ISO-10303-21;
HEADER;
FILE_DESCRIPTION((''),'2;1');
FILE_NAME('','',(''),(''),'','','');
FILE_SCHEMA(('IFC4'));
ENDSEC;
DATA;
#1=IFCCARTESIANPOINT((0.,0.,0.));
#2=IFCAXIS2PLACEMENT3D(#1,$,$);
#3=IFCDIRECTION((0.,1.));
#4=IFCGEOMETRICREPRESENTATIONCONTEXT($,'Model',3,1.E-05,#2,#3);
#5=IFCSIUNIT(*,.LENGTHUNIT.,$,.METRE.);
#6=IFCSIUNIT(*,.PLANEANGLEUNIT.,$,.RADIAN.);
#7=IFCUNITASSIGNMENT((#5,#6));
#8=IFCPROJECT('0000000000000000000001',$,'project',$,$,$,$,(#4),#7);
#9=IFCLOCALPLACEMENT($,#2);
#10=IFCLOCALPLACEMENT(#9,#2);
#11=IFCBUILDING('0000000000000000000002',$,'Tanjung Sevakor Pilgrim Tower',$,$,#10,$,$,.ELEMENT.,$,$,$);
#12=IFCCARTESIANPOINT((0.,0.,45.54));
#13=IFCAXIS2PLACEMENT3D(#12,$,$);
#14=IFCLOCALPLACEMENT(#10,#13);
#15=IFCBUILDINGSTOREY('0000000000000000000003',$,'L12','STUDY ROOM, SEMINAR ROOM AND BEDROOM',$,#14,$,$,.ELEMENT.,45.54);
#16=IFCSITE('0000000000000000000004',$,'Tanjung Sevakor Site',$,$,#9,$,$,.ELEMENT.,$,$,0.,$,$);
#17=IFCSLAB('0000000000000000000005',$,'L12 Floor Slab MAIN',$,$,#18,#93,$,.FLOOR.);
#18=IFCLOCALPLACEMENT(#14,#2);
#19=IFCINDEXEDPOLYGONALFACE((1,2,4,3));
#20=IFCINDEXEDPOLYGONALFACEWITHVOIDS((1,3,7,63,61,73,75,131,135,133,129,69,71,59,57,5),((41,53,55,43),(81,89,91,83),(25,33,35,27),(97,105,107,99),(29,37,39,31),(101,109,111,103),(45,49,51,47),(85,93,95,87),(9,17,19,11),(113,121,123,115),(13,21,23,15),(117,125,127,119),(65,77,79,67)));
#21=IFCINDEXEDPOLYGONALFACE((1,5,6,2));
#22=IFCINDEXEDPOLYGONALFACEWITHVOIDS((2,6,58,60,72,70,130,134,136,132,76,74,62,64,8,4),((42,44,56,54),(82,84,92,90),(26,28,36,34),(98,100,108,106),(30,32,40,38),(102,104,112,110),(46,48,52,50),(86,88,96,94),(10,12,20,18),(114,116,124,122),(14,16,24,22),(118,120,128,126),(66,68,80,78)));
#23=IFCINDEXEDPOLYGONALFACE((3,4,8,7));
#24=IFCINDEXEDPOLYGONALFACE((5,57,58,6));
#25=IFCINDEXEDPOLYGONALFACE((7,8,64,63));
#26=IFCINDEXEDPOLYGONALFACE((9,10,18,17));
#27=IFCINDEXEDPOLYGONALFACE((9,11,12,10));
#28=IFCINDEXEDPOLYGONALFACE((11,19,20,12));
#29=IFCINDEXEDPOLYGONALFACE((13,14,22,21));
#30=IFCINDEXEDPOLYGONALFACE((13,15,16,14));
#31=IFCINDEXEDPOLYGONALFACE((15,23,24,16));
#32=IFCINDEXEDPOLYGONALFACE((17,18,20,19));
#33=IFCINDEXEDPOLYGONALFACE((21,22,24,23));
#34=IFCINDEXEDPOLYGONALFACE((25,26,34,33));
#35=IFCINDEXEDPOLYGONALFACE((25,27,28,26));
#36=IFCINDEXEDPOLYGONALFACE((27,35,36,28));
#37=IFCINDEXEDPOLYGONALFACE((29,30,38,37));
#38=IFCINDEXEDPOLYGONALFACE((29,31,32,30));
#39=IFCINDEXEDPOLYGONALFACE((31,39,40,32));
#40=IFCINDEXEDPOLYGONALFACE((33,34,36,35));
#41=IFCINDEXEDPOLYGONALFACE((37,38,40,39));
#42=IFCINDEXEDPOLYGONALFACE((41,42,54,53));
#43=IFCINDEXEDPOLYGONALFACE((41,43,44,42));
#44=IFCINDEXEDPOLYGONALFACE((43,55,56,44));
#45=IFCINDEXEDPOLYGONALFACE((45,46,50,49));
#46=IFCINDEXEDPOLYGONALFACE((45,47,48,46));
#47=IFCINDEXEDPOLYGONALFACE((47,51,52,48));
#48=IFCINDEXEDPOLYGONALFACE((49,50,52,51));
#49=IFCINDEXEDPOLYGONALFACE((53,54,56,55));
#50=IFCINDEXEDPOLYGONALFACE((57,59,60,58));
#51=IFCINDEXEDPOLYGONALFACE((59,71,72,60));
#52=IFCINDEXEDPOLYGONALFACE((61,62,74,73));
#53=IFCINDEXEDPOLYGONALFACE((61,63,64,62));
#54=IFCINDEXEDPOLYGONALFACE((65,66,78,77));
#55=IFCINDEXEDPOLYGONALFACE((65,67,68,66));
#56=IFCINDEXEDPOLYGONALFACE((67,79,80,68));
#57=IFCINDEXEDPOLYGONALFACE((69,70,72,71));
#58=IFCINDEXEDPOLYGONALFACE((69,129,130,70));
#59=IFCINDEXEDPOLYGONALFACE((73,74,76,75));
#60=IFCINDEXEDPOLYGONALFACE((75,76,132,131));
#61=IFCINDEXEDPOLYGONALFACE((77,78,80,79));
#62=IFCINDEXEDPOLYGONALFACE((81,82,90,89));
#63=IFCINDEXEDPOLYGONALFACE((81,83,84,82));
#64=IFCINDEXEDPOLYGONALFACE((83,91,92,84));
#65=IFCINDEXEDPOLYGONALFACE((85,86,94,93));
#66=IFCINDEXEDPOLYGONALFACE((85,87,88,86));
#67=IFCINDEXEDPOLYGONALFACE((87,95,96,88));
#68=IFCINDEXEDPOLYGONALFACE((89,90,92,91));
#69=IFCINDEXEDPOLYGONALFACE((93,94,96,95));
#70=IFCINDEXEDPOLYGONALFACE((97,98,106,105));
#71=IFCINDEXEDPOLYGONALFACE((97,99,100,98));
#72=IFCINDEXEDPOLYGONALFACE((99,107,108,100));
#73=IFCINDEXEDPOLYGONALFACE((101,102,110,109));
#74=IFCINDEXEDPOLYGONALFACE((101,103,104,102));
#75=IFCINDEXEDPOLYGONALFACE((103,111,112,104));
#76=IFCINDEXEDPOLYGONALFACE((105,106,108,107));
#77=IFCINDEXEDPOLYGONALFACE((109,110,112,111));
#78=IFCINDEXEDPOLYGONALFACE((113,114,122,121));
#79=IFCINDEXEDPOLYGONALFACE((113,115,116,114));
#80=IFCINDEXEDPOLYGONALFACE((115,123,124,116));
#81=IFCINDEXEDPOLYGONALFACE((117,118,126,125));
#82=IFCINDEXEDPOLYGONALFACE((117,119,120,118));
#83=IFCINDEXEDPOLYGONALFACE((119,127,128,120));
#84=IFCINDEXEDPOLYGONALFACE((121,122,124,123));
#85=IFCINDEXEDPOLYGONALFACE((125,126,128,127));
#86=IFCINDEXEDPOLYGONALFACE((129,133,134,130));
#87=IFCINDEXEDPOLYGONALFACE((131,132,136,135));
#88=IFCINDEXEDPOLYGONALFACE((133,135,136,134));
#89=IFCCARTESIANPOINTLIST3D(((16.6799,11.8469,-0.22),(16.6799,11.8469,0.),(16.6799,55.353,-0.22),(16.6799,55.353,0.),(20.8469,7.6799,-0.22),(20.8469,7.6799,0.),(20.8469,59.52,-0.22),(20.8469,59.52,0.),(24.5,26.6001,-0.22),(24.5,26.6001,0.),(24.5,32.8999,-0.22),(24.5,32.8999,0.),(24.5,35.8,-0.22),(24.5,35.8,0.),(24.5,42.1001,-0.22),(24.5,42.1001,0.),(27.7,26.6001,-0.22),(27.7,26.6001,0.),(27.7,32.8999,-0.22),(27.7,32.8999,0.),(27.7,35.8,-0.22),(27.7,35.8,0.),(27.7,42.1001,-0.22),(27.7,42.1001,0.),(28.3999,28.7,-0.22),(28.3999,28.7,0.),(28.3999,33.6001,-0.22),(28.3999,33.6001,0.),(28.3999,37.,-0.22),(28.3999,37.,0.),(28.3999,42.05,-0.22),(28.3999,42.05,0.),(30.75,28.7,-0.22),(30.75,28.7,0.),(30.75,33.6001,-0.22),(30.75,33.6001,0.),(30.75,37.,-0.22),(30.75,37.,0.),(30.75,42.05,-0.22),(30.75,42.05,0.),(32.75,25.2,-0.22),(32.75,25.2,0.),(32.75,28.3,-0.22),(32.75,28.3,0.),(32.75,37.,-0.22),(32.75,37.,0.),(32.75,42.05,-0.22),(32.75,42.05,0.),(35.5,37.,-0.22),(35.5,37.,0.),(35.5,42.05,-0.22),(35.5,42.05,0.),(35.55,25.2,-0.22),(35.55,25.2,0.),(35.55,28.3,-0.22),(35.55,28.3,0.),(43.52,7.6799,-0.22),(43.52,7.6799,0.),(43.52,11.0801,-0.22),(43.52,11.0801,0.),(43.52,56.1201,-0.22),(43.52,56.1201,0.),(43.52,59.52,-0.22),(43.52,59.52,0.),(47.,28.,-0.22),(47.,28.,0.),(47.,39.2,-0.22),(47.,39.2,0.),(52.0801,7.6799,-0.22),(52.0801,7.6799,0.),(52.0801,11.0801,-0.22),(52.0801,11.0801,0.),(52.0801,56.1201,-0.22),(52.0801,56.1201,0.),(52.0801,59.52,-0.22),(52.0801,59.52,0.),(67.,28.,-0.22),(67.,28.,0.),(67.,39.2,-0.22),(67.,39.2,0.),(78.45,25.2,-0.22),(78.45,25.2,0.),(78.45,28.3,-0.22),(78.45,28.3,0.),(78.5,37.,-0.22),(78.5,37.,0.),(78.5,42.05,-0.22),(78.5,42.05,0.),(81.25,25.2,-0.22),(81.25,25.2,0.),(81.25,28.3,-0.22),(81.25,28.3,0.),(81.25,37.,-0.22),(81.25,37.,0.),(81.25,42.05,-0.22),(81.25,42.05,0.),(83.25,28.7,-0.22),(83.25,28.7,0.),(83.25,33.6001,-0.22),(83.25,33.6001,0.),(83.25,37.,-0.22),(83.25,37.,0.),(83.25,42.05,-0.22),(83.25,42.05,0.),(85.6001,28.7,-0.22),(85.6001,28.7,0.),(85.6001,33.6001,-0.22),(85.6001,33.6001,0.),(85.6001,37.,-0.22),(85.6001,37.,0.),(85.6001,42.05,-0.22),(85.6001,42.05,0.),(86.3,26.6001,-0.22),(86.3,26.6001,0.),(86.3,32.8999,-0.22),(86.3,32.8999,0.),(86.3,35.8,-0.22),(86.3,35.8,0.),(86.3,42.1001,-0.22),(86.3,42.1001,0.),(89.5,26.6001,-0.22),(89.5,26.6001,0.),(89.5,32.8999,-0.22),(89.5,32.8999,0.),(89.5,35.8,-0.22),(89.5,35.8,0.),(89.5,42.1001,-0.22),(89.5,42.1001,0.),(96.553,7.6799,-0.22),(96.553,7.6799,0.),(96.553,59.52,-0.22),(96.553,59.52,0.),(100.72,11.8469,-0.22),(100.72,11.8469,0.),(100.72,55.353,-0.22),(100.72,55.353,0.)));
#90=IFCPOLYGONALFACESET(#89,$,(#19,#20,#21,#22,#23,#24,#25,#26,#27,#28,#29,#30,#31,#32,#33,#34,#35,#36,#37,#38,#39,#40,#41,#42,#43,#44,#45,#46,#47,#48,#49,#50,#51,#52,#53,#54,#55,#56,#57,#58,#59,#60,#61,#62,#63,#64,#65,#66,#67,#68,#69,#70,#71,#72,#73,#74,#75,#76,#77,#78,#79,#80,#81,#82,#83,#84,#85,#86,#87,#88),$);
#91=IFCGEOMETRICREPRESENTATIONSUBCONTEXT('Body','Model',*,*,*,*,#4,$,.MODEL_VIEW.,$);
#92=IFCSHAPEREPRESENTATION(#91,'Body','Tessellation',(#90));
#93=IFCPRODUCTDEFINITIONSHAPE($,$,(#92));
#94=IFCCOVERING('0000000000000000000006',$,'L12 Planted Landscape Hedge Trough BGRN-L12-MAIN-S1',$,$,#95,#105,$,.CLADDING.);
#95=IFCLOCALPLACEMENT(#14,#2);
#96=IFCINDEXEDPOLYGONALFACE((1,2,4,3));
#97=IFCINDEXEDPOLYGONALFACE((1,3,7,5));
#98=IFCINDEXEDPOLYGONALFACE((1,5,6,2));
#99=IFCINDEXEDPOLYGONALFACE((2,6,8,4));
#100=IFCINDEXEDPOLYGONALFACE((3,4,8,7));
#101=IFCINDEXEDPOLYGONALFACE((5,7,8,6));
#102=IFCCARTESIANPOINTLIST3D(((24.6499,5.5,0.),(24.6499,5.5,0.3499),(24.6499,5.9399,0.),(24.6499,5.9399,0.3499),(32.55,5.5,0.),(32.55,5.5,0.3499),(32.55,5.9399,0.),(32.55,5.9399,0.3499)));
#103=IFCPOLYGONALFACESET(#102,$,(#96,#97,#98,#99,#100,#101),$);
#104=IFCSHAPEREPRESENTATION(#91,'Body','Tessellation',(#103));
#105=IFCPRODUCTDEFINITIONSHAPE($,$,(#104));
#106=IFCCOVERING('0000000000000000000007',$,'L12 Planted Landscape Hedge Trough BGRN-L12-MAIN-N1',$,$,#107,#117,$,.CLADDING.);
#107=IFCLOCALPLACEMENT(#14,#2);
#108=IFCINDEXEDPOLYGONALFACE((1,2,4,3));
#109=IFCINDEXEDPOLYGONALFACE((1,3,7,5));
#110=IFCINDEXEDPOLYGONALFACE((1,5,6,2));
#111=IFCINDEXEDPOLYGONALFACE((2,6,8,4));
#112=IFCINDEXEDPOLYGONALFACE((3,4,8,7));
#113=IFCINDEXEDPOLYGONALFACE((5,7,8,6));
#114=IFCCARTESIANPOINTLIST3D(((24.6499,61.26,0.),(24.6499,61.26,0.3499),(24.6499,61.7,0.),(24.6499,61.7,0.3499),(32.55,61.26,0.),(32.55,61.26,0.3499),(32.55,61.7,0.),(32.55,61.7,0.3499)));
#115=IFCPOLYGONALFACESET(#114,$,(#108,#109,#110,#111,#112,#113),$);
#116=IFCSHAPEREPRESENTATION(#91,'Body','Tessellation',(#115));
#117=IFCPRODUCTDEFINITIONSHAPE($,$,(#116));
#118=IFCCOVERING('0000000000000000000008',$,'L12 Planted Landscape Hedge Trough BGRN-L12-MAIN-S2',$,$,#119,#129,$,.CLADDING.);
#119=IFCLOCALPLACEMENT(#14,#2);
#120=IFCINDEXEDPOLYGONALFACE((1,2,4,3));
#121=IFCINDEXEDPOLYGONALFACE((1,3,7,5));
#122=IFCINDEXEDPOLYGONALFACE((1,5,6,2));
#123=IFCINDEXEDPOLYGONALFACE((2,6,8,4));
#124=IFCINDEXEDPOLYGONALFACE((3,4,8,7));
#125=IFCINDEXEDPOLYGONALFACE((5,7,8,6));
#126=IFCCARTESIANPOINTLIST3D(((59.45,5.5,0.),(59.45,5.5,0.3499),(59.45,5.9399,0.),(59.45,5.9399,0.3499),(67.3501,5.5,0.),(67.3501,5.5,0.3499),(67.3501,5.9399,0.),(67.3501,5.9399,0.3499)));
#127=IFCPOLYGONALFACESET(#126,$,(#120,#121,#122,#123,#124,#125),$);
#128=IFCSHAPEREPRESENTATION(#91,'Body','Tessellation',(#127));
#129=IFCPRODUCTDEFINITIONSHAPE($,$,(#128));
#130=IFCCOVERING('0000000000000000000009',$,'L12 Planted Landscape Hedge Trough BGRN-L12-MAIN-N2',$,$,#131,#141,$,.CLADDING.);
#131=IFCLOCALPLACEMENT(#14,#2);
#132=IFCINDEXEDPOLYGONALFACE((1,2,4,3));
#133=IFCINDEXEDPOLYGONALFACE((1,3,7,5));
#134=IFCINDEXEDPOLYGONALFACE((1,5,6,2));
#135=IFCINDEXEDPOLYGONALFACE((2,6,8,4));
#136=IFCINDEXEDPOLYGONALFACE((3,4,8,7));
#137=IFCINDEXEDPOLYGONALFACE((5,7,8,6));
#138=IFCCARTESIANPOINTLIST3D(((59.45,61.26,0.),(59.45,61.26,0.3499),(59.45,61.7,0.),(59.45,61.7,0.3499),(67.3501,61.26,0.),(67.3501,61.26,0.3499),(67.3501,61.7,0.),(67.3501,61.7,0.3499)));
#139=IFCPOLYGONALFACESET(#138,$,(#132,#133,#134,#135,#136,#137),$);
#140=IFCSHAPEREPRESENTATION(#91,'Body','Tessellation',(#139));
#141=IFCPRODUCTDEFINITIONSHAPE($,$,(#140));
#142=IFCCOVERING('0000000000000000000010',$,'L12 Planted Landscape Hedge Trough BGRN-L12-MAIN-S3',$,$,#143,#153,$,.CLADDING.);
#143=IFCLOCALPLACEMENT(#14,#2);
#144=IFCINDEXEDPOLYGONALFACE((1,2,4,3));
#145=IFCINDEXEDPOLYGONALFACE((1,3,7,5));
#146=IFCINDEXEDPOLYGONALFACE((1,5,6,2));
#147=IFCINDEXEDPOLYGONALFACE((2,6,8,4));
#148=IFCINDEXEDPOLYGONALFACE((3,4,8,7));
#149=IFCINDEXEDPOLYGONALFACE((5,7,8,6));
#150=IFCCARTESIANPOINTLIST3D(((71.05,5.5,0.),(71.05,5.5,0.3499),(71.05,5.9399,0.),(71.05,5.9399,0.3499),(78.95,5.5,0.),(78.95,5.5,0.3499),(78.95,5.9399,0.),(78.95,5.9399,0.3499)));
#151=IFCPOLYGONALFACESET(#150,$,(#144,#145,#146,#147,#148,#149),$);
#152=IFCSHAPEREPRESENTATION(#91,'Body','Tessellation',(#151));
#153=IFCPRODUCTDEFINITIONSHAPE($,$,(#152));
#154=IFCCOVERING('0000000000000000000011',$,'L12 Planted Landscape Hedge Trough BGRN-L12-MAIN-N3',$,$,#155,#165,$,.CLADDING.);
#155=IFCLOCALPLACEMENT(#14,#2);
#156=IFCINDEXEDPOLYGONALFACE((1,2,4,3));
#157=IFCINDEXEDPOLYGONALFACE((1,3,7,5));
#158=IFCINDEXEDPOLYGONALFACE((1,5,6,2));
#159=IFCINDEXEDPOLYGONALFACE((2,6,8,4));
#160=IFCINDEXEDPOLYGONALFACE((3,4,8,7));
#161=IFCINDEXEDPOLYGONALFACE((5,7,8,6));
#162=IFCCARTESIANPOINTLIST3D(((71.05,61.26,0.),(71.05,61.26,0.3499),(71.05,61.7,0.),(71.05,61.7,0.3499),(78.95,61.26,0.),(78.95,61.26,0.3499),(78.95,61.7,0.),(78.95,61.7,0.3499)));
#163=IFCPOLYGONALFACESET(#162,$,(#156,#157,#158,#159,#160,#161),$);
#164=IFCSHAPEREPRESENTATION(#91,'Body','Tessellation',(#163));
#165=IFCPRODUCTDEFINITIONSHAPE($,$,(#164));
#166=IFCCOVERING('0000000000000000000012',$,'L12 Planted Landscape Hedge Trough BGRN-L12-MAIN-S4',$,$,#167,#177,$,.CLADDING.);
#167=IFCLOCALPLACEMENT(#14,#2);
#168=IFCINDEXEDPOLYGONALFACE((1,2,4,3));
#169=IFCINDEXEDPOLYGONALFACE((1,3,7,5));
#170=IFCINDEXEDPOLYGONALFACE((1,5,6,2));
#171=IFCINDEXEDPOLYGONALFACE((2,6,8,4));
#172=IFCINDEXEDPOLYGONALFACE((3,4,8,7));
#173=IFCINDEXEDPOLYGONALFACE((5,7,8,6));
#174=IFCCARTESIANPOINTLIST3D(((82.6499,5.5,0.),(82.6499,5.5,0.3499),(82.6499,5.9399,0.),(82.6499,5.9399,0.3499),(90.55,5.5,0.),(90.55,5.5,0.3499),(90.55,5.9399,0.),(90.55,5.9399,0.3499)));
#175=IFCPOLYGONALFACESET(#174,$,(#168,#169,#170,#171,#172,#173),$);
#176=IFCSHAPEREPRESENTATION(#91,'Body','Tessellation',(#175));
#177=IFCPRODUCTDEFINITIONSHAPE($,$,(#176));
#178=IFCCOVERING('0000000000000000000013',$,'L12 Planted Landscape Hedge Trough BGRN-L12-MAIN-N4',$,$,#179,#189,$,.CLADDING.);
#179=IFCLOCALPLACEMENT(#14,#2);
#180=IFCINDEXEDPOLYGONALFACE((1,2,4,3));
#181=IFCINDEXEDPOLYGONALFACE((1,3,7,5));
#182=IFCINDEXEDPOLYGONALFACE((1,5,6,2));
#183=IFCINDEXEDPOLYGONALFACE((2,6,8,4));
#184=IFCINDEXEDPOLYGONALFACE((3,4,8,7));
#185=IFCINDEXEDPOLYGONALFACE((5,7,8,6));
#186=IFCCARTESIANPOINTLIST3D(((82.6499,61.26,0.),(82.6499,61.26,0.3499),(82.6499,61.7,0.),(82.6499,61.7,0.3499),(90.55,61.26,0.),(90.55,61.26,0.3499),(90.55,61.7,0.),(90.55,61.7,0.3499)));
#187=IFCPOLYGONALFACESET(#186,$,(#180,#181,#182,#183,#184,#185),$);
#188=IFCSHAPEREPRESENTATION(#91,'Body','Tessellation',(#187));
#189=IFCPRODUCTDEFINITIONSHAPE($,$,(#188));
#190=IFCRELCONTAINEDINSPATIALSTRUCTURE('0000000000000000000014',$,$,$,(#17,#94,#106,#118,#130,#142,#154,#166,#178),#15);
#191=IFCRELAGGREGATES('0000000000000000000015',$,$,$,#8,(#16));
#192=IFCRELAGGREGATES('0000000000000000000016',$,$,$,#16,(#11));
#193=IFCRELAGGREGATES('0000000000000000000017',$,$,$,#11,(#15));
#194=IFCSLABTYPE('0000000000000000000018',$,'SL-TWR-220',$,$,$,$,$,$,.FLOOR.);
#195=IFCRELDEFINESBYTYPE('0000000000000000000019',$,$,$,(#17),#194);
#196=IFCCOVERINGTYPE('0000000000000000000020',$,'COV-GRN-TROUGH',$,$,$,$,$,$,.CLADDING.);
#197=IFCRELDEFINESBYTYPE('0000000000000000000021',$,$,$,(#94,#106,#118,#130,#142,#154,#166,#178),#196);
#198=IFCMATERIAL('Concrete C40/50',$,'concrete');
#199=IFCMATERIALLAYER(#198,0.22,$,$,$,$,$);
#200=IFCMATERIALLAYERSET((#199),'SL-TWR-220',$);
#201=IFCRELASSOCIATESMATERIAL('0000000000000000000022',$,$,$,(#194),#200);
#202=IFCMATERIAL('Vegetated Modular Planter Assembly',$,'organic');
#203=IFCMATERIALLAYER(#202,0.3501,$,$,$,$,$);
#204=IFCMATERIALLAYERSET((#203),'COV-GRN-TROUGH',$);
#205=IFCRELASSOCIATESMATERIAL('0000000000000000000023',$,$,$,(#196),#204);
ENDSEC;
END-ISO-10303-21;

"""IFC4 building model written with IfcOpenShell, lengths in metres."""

from ifc_helpers import new_model, si_unit, direction, frame, origin, place, context, subcontext, project, spatial, polyline, outline, extrude, material, layer, layer_set, type_object, element, save


model = new_model("IFC4")

# Units and contexts
model_context = context("Model", 3, precision=1e-05, world=origin(), true_north=direction((0.0, 1.0)))
body_context = subcontext(model_context, "Body", "Model", "MODEL_VIEW")
ifc_project = project(units=[si_unit("LENGTHUNIT", "METRE"), si_unit("PLANEANGLEUNIT", "RADIAN")], contexts=[model_context])

# Site, building, storey
site_placement = place(None, origin())
site = spatial("IfcSite", under=ifc_project, at=site_placement, Name="Tanjung Sevakor Site", CompositionType="ELEMENT", RefElevation=0.0)
building_placement = place(site_placement, origin())
building = spatial("IfcBuilding", under=site, at=building_placement, Name="Tanjung Sevakor Pilgrim Tower", CompositionType="ELEMENT")
storey_placement = place(building_placement, frame((0.0, 0.0, 45.54)))
storey = spatial("IfcBuildingStorey", under=building, at=storey_placement, Name="L12", Description="STUDY ROOM, SEMINAR ROOM AND BEDROOM", CompositionType="ELEMENT", Elevation=45.54)

# Slab
ifc_material_1 = material(Name="Concrete C40/50", Category="concrete")
ifc_layer_1 = layer(ifc_material_1, 0.22)
ifc_layer_set_1 = layer_set([ifc_layer_1], Name="SL-TWR-220")
slab_type_1 = type_object("IfcSlabType", Name="SL-TWR-220", PredefinedType="FLOOR", material=ifc_layer_set_1)
slab_1_placement = place(storey_placement, frame((0.0, 0.0, -0.22)))
element("IfcSlab", 1, at=slab_1_placement, inside=storey, type_object=slab_type_1, Name="L12 Floor Slab MAIN", PredefinedType="FLOOR", context=body_context, shape_type="SweptSolid", body=[
    extrude(outline(polyline([(20.8469, 7.6799), (43.52, 7.6799), (43.52, 11.0801), (52.0801, 11.0801), (52.0801, 7.6799), (96.553, 7.6799), (100.72, 11.8469), (100.72, 55.353), (96.553, 59.52), (52.0801, 59.52), (52.0801, 56.1201), (43.52, 56.1201), (43.52, 59.52), (20.8469, 59.52), (16.6799, 55.353), (16.6799, 11.8469), (20.8469, 7.6799)]), holes=[polyline([(27.7, 26.6001), (27.7, 32.8999), (24.5, 32.8999), (24.5, 26.6001), (27.7, 26.6001)]), polyline([(27.7, 35.8), (27.7, 42.1001), (24.5, 42.1001), (24.5, 35.8), (27.7, 35.8)]), polyline([(89.5, 26.6001), (89.5, 32.8999), (86.3, 32.8999), (86.3, 26.6001), (89.5, 26.6001)]), polyline([(89.5, 35.8), (89.5, 42.1001), (86.3, 42.1001), (86.3, 35.8), (89.5, 35.8)]), polyline([(32.75, 25.2), (35.55, 25.2), (35.55, 28.3), (32.75, 28.3), (32.75, 25.2)]), polyline([(28.3999, 28.7), (30.75, 28.7), (30.75, 33.6001), (28.3999, 33.6001), (28.3999, 28.7)]), polyline([(28.3999, 37.0), (30.75, 37.0), (30.75, 42.05), (28.3999, 42.05), (28.3999, 37.0)]), polyline([(32.75, 37.0), (35.5, 37.0), (35.5, 42.05), (32.75, 42.05), (32.75, 37.0)]), polyline([(78.45, 25.2), (81.25, 25.2), (81.25, 28.3), (78.45, 28.3), (78.45, 25.2)]), polyline([(83.25, 28.7), (85.6001, 28.7), (85.6001, 33.6001), (83.25, 33.6001), (83.25, 28.7)]), polyline([(83.25, 37.0), (85.6001, 37.0), (85.6001, 42.05), (83.25, 42.05), (83.25, 37.0)]), polyline([(78.5, 37.0), (81.25, 37.0), (81.25, 42.05), (78.5, 42.05), (78.5, 37.0)]), polyline([(47.0, 28.0), (67.0, 28.0), (67.0, 39.2), (47.0, 39.2), (47.0, 28.0)])]), origin(), (0.0, 0.0, 1.0), 0.22),
])

# Coverings
ifc_material_2 = material(Name="Vegetated Modular Planter Assembly", Category="organic")
ifc_layer_2 = layer(ifc_material_2, 0.3501)
ifc_layer_set_2 = layer_set([ifc_layer_2], Name="COV-GRN-TROUGH")
covering_type = type_object("IfcCoveringType", Name="COV-GRN-TROUGH", PredefinedType="CLADDING", material=ifc_layer_set_2)
covering_1_placement = place(storey_placement, origin())
element("IfcCovering", 2, at=covering_1_placement, inside=storey, type_object=covering_type, Name="L12 Planted Landscape Hedge Trough BGRN-L12-MAIN-S1", PredefinedType="CLADDING", context=body_context, shape_type="SweptSolid", body=[
    extrude(outline(polyline([(24.6499, 5.5), (32.55, 5.5), (32.55, 5.9399), (24.6499, 5.9399), (24.6499, 5.5)])), origin(), (0.0, 0.0, 1.0), 0.3499),
])
covering_2_placement = place(storey_placement, origin())
element("IfcCovering", 3, at=covering_2_placement, inside=storey, type_object=covering_type, Name="L12 Planted Landscape Hedge Trough BGRN-L12-MAIN-N1", PredefinedType="CLADDING", context=body_context, shape_type="SweptSolid", body=[
    extrude(outline(polyline([(24.6499, 61.26), (32.55, 61.26), (32.55, 61.7), (24.6499, 61.7), (24.6499, 61.26)])), origin(), (0.0, 0.0, 1.0), 0.3499),
])
covering_3_placement = place(storey_placement, origin())
element("IfcCovering", 4, at=covering_3_placement, inside=storey, type_object=covering_type, Name="L12 Planted Landscape Hedge Trough BGRN-L12-MAIN-S2", PredefinedType="CLADDING", context=body_context, shape_type="SweptSolid", body=[
    extrude(outline(polyline([(59.45, 5.5), (67.3501, 5.5), (67.3501, 5.9399), (59.45, 5.9399), (59.45, 5.5)])), origin(), (0.0, 0.0, 1.0), 0.3499),
])
covering_4_placement = place(storey_placement, origin())
element("IfcCovering", 5, at=covering_4_placement, inside=storey, type_object=covering_type, Name="L12 Planted Landscape Hedge Trough BGRN-L12-MAIN-N2", PredefinedType="CLADDING", context=body_context, shape_type="SweptSolid", body=[
    extrude(outline(polyline([(59.45, 61.26), (67.3501, 61.26), (67.3501, 61.7), (59.45, 61.7), (59.45, 61.26)])), origin(), (0.0, 0.0, 1.0), 0.3499),
])
covering_5_placement = place(storey_placement, origin())
element("IfcCovering", 6, at=covering_5_placement, inside=storey, type_object=covering_type, Name="L12 Planted Landscape Hedge Trough BGRN-L12-MAIN-S3", PredefinedType="CLADDING", context=body_context, shape_type="SweptSolid", body=[
    extrude(outline(polyline([(71.05, 5.5), (78.95, 5.5), (78.95, 5.9399), (71.05, 5.9399), (71.05, 5.5)])), origin(), (0.0, 0.0, 1.0), 0.3499),
])
covering_6_placement = place(storey_placement, origin())
element("IfcCovering", 7, at=covering_6_placement, inside=storey, type_object=covering_type, Name="L12 Planted Landscape Hedge Trough BGRN-L12-MAIN-N3", PredefinedType="CLADDING", context=body_context, shape_type="SweptSolid", body=[
    extrude(outline(polyline([(71.05, 61.26), (78.95, 61.26), (78.95, 61.7), (71.05, 61.7), (71.05, 61.26)])), origin(), (0.0, 0.0, 1.0), 0.3499),
])
covering_7_placement = place(storey_placement, origin())
element("IfcCovering", 8, at=covering_7_placement, inside=storey, type_object=covering_type, Name="L12 Planted Landscape Hedge Trough BGRN-L12-MAIN-S4", PredefinedType="CLADDING", context=body_context, shape_type="SweptSolid", body=[
    extrude(outline(polyline([(82.6499, 5.5), (90.55, 5.5), (90.55, 5.9399), (82.6499, 5.9399), (82.6499, 5.5)])), origin(), (0.0, 0.0, 1.0), 0.3499),
])
covering_8_placement = place(storey_placement, origin())
element("IfcCovering", 9, at=covering_8_placement, inside=storey, type_object=covering_type, Name="L12 Planted Landscape Hedge Trough BGRN-L12-MAIN-N4", PredefinedType="CLADDING", context=body_context, shape_type="SweptSolid", body=[
    extrude(outline(polyline([(82.6499, 61.26), (90.55, 61.26), (90.55, 61.7), (82.6499, 61.7), (82.6499, 61.26)])), origin(), (0.0, 0.0, 1.0), 0.3499),
])

save(model, "model.ifc")
